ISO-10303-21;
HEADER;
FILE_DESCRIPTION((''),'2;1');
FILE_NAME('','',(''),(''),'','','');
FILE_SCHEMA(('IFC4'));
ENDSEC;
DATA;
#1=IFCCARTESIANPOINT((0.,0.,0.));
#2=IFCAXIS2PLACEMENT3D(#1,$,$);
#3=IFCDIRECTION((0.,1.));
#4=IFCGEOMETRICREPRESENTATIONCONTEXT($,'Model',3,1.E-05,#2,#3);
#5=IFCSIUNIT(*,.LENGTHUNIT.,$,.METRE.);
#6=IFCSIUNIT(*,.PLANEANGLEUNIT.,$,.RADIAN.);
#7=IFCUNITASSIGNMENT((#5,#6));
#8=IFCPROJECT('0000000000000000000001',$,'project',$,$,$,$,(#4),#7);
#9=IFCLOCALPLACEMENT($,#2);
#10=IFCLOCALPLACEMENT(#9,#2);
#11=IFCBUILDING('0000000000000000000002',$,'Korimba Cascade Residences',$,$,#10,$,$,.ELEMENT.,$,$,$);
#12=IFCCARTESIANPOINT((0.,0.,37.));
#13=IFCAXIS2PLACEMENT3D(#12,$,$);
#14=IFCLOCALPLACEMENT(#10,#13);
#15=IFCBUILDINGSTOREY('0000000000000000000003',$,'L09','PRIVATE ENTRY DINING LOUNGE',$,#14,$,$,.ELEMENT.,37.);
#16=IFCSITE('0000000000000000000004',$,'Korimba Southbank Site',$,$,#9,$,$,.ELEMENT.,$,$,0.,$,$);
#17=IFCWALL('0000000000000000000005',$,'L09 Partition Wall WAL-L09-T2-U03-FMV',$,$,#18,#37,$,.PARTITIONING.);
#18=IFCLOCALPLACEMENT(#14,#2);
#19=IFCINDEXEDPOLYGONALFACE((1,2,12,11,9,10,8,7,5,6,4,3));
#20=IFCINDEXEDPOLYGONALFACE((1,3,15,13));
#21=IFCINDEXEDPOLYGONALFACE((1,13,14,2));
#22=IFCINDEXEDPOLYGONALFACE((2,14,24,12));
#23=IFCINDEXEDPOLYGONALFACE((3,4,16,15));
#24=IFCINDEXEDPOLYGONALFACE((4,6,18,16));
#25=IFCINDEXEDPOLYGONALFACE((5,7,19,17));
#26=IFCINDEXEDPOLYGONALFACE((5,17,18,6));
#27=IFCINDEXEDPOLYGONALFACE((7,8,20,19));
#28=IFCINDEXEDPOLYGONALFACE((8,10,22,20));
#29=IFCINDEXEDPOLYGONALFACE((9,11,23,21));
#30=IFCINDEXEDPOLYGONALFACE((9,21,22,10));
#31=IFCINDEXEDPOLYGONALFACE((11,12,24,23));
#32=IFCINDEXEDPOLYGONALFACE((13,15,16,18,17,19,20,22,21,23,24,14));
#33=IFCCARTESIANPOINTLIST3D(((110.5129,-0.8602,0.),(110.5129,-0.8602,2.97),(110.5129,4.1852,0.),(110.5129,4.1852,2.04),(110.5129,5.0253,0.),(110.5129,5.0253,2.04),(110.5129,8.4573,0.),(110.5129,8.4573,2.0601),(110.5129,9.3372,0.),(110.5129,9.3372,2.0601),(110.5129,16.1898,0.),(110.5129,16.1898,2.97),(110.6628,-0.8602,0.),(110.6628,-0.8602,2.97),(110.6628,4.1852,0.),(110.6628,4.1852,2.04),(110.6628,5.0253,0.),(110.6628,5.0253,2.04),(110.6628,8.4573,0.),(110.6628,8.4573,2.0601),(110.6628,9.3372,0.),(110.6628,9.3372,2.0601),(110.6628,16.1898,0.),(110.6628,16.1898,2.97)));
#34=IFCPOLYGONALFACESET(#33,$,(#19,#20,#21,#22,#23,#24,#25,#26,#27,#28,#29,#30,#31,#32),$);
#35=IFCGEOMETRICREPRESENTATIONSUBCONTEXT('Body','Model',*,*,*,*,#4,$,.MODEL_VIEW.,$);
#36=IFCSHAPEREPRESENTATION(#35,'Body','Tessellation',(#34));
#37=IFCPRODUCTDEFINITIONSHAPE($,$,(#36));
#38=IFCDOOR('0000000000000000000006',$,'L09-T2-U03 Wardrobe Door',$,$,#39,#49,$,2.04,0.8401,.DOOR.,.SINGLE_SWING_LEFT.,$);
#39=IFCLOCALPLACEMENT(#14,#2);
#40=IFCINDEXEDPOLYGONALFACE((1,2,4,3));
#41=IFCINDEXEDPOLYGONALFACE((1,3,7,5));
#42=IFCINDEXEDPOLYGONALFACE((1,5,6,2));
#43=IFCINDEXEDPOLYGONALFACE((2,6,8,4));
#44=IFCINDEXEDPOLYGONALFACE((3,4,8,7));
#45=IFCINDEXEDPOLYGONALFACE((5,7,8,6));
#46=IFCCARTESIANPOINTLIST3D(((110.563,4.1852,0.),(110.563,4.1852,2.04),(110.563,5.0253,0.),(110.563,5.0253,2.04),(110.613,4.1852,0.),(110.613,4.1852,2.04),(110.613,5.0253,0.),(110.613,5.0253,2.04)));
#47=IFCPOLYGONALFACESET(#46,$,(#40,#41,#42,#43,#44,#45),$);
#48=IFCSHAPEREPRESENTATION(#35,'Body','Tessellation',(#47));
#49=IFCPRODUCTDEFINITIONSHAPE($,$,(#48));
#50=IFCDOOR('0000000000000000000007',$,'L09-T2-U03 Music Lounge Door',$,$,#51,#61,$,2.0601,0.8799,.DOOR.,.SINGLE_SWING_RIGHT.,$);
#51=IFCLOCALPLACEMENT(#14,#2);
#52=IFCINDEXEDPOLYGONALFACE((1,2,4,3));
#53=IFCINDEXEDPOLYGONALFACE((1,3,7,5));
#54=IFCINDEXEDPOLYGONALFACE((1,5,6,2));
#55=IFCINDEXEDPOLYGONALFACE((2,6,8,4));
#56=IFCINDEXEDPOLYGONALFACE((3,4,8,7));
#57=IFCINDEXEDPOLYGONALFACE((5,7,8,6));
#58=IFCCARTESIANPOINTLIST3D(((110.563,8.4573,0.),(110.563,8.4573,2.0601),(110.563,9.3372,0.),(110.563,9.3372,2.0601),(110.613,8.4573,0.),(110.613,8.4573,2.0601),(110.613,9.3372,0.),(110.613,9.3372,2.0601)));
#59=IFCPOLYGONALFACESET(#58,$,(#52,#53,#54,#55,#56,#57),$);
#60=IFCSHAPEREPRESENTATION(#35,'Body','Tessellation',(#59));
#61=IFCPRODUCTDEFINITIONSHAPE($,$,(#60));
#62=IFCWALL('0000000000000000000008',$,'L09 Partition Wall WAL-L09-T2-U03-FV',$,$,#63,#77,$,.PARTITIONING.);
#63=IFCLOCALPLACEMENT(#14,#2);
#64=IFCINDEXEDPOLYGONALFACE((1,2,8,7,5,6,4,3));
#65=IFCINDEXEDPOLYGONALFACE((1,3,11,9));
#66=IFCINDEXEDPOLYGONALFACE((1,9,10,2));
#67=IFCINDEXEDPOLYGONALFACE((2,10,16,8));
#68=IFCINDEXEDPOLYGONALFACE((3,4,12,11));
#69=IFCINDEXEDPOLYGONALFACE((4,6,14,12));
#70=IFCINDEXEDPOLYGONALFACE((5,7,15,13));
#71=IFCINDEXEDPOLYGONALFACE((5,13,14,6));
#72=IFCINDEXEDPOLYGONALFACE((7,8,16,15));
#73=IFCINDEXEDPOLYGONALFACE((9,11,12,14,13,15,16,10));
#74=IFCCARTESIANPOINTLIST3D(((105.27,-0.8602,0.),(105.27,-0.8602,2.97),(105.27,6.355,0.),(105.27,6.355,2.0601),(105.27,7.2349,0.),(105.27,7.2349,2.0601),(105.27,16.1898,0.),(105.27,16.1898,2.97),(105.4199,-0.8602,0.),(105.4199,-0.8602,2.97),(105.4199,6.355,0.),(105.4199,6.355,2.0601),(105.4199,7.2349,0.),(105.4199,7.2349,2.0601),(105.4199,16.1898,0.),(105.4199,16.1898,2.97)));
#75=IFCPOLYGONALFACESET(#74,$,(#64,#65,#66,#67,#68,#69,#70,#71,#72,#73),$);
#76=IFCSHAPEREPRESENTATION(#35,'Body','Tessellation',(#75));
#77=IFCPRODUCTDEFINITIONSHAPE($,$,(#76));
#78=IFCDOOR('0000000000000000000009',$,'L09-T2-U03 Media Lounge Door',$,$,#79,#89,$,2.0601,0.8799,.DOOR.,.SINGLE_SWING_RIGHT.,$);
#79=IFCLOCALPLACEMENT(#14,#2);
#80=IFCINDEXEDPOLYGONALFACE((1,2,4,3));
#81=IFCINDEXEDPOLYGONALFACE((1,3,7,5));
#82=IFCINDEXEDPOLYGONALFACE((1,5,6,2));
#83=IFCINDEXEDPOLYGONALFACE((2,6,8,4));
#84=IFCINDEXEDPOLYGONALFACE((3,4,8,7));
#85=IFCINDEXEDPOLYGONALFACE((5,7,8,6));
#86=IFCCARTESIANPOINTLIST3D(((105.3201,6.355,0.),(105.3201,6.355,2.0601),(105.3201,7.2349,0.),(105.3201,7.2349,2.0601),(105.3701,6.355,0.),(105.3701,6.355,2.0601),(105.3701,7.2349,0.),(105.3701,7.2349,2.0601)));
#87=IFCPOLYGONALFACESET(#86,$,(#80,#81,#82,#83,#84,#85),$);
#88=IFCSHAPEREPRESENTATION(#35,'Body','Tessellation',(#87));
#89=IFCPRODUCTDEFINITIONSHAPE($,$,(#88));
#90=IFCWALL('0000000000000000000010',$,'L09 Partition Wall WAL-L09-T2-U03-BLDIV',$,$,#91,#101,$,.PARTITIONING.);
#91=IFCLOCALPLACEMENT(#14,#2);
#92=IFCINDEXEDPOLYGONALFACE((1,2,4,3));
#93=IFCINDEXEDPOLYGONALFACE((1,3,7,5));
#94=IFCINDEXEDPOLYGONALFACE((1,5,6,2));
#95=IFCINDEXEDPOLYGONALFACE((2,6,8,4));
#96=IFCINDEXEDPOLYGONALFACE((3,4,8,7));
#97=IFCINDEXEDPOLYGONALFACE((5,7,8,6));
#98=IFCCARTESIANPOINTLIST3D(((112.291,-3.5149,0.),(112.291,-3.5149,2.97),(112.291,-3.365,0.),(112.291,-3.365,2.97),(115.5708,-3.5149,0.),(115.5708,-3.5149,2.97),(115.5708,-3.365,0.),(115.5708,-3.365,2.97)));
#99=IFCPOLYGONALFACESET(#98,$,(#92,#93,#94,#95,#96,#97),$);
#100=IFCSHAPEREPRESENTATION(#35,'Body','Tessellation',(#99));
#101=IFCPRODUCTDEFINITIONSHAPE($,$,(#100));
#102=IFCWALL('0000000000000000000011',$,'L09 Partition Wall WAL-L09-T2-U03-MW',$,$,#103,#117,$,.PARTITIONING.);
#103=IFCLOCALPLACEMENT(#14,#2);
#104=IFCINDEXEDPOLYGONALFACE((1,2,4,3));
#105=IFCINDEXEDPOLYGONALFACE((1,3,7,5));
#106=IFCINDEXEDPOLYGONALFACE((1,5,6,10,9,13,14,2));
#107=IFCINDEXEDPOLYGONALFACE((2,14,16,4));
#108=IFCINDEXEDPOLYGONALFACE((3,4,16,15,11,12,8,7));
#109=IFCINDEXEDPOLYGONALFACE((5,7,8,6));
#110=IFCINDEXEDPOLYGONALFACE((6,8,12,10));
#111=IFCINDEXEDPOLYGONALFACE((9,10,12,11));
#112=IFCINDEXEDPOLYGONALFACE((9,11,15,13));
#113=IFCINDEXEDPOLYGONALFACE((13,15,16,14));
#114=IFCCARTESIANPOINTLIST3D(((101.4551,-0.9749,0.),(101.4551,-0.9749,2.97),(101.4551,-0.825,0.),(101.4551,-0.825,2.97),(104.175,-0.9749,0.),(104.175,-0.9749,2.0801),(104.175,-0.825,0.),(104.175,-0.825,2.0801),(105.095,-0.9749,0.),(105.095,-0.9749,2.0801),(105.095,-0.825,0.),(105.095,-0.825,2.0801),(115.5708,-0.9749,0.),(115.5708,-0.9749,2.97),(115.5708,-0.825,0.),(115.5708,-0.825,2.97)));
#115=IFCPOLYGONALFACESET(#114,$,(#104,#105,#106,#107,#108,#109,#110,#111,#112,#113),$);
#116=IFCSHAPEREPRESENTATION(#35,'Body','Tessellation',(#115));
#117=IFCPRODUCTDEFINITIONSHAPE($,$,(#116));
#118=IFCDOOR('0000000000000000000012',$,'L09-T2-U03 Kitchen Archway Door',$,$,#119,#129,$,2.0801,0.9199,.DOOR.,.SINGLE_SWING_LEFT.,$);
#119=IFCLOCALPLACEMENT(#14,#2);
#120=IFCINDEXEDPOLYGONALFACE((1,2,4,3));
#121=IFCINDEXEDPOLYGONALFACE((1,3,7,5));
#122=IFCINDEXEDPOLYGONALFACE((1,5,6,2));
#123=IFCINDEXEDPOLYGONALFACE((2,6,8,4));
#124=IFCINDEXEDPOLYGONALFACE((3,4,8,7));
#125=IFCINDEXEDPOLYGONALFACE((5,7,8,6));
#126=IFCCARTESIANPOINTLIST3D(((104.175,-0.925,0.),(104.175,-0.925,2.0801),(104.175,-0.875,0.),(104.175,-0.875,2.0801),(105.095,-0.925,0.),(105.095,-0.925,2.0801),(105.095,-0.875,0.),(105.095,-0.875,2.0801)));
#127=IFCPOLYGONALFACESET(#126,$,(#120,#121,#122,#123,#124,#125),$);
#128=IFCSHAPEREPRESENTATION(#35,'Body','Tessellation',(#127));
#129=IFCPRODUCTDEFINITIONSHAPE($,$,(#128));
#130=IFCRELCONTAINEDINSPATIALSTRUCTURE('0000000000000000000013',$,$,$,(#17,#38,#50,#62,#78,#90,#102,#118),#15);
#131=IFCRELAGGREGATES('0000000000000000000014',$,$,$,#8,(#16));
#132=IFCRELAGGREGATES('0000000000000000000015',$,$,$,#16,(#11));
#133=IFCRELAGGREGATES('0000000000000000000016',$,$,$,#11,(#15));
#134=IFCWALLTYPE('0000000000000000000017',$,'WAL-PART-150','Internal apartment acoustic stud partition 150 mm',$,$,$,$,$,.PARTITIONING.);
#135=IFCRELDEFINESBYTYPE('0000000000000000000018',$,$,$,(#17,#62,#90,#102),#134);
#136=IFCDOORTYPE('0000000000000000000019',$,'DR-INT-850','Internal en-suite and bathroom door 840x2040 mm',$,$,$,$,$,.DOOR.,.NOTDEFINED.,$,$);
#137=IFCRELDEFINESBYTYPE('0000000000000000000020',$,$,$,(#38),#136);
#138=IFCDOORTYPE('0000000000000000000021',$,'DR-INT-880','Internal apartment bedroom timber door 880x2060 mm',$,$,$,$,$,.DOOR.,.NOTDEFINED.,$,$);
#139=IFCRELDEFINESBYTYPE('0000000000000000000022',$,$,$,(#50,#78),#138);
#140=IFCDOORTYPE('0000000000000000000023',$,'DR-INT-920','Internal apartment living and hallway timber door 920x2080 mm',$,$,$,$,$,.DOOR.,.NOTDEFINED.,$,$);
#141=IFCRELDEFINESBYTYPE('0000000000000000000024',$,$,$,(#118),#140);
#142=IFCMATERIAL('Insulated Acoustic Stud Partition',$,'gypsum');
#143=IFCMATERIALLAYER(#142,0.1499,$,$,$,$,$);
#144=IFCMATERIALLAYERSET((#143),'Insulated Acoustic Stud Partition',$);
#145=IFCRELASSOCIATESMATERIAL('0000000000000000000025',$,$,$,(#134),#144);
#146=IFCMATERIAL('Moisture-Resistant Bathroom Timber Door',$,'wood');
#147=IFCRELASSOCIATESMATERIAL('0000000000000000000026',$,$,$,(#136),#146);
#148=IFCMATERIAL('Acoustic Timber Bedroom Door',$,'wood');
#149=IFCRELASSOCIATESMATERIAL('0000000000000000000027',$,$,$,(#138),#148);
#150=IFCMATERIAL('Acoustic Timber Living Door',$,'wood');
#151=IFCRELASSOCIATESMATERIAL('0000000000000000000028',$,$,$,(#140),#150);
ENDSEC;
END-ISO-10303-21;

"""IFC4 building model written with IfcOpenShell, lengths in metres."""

from ifc_helpers import new_model, si_unit, direction, frame, frame_2d, origin, place, context, subcontext, project, spatial, rectangle, extrude, material, layer, layer_set, type_object, element, fill, save


model = new_model("IFC4")

# Units and contexts
model_context = context("Model", 3, precision=1e-05, world=origin(), true_north=direction((0.0, 1.0)))
body_context = subcontext(model_context, "Body", "Model", "MODEL_VIEW")
ifc_project = project(units=[si_unit("LENGTHUNIT", "METRE"), si_unit("PLANEANGLEUNIT", "RADIAN")], contexts=[model_context])

# Site, building, storey
site_placement = place(None, origin())
site = spatial("IfcSite", under=ifc_project, at=site_placement, Name="Korimba Southbank Site", CompositionType="ELEMENT", RefElevation=0.0)
building_placement = place(site_placement, origin())
building = spatial("IfcBuilding", under=site, at=building_placement, Name="Korimba Cascade Residences", CompositionType="ELEMENT")
storey_placement = place(building_placement, frame((0.0, 0.0, 37.0)))
storey = spatial("IfcBuildingStorey", under=building, at=storey_placement, Name="L09", Description="PRIVATE ENTRY DINING LOUNGE", CompositionType="ELEMENT", Elevation=37.0)

# Shared definitions
ifc_material_1 = material(Name="Insulated Acoustic Stud Partition", Category="gypsum")
ifc_layer = layer(ifc_material_1, 0.1499)
ifc_layer_set = layer_set([ifc_layer], Name="Insulated Acoustic Stud Partition")
wall_type = type_object("IfcWallType", Name="WAL-PART-150", Description="Internal apartment acoustic stud partition 150 mm", PredefinedType="PARTITIONING", material=ifc_layer_set)

# Wall, openings, doors
wall_1_placement = place(storey_placement, frame((110.5879, -0.8601, 0.0), z_axis=(0.0, 0.0, 1.0), x_axis=(0.0, 1.0, 0.0)))
wall_1 = element("IfcWall", 1, at=wall_1_placement, inside=storey, type_object=wall_type, Name="L09 Partition Wall WAL-L09-T2-U03-FMV", PredefinedType="PARTITIONING", context=body_context, shape_type="SweptSolid", body=[
    extrude(rectangle(XDim=17.05, YDim=0.1499, at=frame_2d((8.5249, 0.0))), origin(), (0.0, 0.0, 1.0), 2.97),
])
opening_1_placement = place(wall_1_placement, frame((5.0454, 0.0, 0.0)))
opening_1 = element("IfcOpeningElement", 2, at=opening_1_placement, cuts=wall_1, PredefinedType="OPENING", context=body_context, shape_type="SweptSolid", body=[
    extrude(rectangle(XDim=0.8401, YDim=2.04, at=frame_2d((0.4199, 1.02))), frame((0.0, 0.085, 0.0), z_axis=(0.0, -1.0, 0.0), x_axis=(1.0, 0.0, 0.0)), (0.0, 0.0, 1.0), 0.1699),
])
opening_2_placement = place(wall_1_placement, frame((9.3174, 0.0, 0.0)))
opening_2 = element("IfcOpeningElement", 3, at=opening_2_placement, cuts=wall_1, PredefinedType="OPENING", context=body_context, shape_type="SweptSolid", body=[
    extrude(rectangle(XDim=0.8799, YDim=2.0601, at=frame_2d((0.4399, 1.03))), frame((0.0, 0.085, 0.0), z_axis=(0.0, -1.0, 0.0), x_axis=(1.0, 0.0, 0.0)), (0.0, 0.0, 1.0), 0.1699),
])
ifc_material_2 = material(Name="Moisture-Resistant Bathroom Timber Door", Category="wood")
door_type_1 = type_object("IfcDoorType", Name="DR-INT-850", Description="Internal en-suite and bathroom door 840x2040 mm", OperationType="NOTDEFINED", PredefinedType="DOOR", material=ifc_material_2)
door_1_placement = place(opening_1_placement, origin())
door_1 = element("IfcDoor", 4, at=door_1_placement, inside=storey, type_object=door_type_1, Name="L09-T2-U03 Wardrobe Door", OperationType="SINGLE_SWING_LEFT", OverallHeight=2.04, OverallWidth=0.8401, PredefinedType="DOOR", context=body_context, shape_type="SweptSolid", body=[
    extrude(rectangle(XDim=0.8401, YDim=2.04, at=frame_2d((0.4199, 1.02))), frame((0.0, 0.0249, 0.0), z_axis=(0.0, -1.0, 0.0), x_axis=(1.0, 0.0, 0.0)), (0.0, 0.0, 1.0), 0.05),
])
fill(opening_1, door_1)
ifc_material_3 = material(Name="Acoustic Timber Bedroom Door", Category="wood")
door_type_2 = type_object("IfcDoorType", Name="DR-INT-880", Description="Internal apartment bedroom timber door 880x2060 mm", OperationType="NOTDEFINED", PredefinedType="DOOR", material=ifc_material_3)
door_2_placement = place(opening_2_placement, origin())
door_2 = element("IfcDoor", 5, at=door_2_placement, inside=storey, type_object=door_type_2, Name="L09-T2-U03 Music Lounge Door", OperationType="SINGLE_SWING_RIGHT", OverallHeight=2.0601, OverallWidth=0.8799, PredefinedType="DOOR", context=body_context, shape_type="SweptSolid", body=[
    extrude(rectangle(XDim=0.8799, YDim=2.0601, at=frame_2d((0.4399, 1.03))), frame((0.0, 0.0249, 0.0), z_axis=(0.0, -1.0, 0.0), x_axis=(1.0, 0.0, 0.0)), (0.0, 0.0, 1.0), 0.05),
])
fill(opening_2, door_2)

# Wall, opening, door
wall_2_placement = place(storey_placement, frame((105.345, -0.8601, 0.0), z_axis=(0.0, 0.0, 1.0), x_axis=(0.0, 1.0, 0.0)))
wall_2 = element("IfcWall", 6, at=wall_2_placement, inside=storey, type_object=wall_type, Name="L09 Partition Wall WAL-L09-T2-U03-FV", PredefinedType="PARTITIONING", context=body_context, shape_type="SweptSolid", body=[
    extrude(rectangle(XDim=17.05, YDim=0.1499, at=frame_2d((8.5249, 0.0))), origin(), (0.0, 0.0, 1.0), 2.97),
])
opening_3_placement = place(wall_2_placement, frame((7.2151, 0.0, 0.0)))
opening_3 = element("IfcOpeningElement", 7, at=opening_3_placement, cuts=wall_2, PredefinedType="OPENING", context=body_context, shape_type="SweptSolid", body=[
    extrude(rectangle(XDim=0.8799, YDim=2.0601, at=frame_2d((0.4399, 1.03))), frame((0.0, 0.085, 0.0), z_axis=(0.0, -1.0, 0.0), x_axis=(1.0, 0.0, 0.0)), (0.0, 0.0, 1.0), 0.1699),
])
door_3_placement = place(opening_3_placement, origin())
door_3 = element("IfcDoor", 8, at=door_3_placement, inside=storey, type_object=door_type_2, Name="L09-T2-U03 Media Lounge Door", OperationType="SINGLE_SWING_RIGHT", OverallHeight=2.0601, OverallWidth=0.8799, PredefinedType="DOOR", context=body_context, shape_type="SweptSolid", body=[
    extrude(rectangle(XDim=0.8799, YDim=2.0601, at=frame_2d((0.4399, 1.03))), frame((0.0, 0.0249, 0.0), z_axis=(0.0, -1.0, 0.0), x_axis=(1.0, 0.0, 0.0)), (0.0, 0.0, 1.0), 0.05),
])
fill(opening_3, door_3)

# Wall
wall_3_placement = place(storey_placement, frame((112.291, -3.4399, 0.0), z_axis=(0.0, 0.0, 1.0), x_axis=(1.0, 0.0, 0.0)))
element("IfcWall", 9, at=wall_3_placement, inside=storey, type_object=wall_type, Name="L09 Partition Wall WAL-L09-T2-U03-BLDIV", PredefinedType="PARTITIONING", context=body_context, shape_type="SweptSolid", body=[
    extrude(rectangle(XDim=3.2798, YDim=0.1499, at=frame_2d((1.6399, 0.0))), origin(), (0.0, 0.0, 1.0), 2.97),
])

# Wall, opening, door
wall_4_placement = place(storey_placement, frame((101.4551, -0.8999, 0.0), z_axis=(0.0, 0.0, 1.0), x_axis=(1.0, 0.0, 0.0)))
wall_4 = element("IfcWall", 10, at=wall_4_placement, inside=storey, type_object=wall_type, Name="L09 Partition Wall WAL-L09-T2-U03-MW", PredefinedType="PARTITIONING", context=body_context, shape_type="SweptSolid", body=[
    extrude(rectangle(XDim=14.1157, YDim=0.1499, at=frame_2d((7.0579, 0.0))), origin(), (0.0, 0.0, 1.0), 2.97),
])
opening_4_placement = place(wall_4_placement, frame((2.72, 0.0, 0.0)))
opening_4 = element("IfcOpeningElement", 11, at=opening_4_placement, cuts=wall_4, PredefinedType="OPENING", context=body_context, shape_type="SweptSolid", body=[
    extrude(rectangle(XDim=0.9199, YDim=2.0801, at=frame_2d((0.46, 1.04))), frame((0.0, 0.085, 0.0), z_axis=(0.0, -1.0, 0.0), x_axis=(1.0, 0.0, 0.0)), (0.0, 0.0, 1.0), 0.1699),
])
ifc_material_4 = material(Name="Acoustic Timber Living Door", Category="wood")
door_type_3 = type_object("IfcDoorType", Name="DR-INT-920", Description="Internal apartment living and hallway timber door 920x2080 mm", OperationType="NOTDEFINED", PredefinedType="DOOR", material=ifc_material_4)
door_4_placement = place(opening_4_placement, origin())
door_4 = element("IfcDoor", 12, at=door_4_placement, inside=storey, type_object=door_type_3, Name="L09-T2-U03 Kitchen Archway Door", OperationType="SINGLE_SWING_LEFT", OverallHeight=2.0801, OverallWidth=0.9199, PredefinedType="DOOR", context=body_context, shape_type="SweptSolid", body=[
    extrude(rectangle(XDim=0.9199, YDim=2.0801, at=frame_2d((0.46, 1.04))), frame((0.0, 0.0249, 0.0), z_axis=(0.0, -1.0, 0.0), x_axis=(1.0, 0.0, 0.0)), (0.0, 0.0, 1.0), 0.05),
])
fill(opening_4, door_4)

save(model, "model.ifc")
